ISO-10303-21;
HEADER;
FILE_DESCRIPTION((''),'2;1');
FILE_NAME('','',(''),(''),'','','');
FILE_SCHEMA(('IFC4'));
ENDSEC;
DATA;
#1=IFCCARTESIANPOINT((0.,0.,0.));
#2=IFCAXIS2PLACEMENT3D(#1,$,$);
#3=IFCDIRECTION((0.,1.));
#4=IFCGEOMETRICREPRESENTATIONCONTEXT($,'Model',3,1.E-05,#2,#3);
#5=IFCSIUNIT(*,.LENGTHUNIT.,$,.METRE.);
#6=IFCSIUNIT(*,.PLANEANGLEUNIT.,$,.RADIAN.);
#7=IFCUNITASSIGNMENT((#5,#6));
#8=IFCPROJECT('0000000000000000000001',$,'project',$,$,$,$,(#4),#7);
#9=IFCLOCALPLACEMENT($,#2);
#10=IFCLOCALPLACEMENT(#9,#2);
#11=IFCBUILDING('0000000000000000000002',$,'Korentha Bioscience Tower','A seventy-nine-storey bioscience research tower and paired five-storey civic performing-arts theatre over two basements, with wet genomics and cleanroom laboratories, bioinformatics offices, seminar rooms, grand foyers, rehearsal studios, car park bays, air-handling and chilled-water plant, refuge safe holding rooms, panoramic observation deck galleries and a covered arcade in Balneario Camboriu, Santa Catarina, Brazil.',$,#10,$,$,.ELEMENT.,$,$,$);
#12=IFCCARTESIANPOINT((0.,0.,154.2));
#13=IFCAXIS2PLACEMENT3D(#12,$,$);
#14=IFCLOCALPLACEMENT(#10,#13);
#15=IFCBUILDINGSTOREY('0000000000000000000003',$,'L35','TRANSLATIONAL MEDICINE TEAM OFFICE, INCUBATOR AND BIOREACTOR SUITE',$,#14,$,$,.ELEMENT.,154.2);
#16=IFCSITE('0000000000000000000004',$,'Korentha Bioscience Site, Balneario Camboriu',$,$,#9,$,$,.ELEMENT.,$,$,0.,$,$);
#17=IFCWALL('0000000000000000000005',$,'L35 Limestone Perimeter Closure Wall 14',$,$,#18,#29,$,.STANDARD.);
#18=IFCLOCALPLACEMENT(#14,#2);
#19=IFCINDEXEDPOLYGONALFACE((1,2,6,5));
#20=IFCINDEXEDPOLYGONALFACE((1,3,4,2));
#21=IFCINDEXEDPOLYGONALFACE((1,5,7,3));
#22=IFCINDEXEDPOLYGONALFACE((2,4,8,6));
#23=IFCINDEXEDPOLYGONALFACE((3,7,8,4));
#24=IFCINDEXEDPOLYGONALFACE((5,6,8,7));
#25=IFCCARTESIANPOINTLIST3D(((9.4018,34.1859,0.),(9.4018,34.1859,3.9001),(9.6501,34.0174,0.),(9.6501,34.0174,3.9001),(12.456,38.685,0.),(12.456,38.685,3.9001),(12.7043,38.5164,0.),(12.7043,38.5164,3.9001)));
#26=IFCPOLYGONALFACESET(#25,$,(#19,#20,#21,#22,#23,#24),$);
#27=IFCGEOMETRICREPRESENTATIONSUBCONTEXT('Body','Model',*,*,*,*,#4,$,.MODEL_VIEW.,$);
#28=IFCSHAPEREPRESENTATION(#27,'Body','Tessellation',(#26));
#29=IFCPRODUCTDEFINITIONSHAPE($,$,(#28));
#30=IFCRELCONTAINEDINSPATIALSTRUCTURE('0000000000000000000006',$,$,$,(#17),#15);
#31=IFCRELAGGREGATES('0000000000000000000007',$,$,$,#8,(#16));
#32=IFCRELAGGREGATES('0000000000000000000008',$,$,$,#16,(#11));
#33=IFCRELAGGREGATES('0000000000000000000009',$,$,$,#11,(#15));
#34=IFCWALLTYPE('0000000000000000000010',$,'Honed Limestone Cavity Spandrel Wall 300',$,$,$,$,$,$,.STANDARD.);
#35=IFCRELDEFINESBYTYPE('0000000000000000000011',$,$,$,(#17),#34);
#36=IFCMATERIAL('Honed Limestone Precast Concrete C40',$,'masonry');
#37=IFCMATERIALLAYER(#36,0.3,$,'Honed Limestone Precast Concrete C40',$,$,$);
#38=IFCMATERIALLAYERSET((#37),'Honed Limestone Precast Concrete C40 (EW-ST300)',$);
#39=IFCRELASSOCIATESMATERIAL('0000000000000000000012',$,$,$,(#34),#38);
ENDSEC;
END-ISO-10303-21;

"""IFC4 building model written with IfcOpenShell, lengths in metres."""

from ifc_helpers import new_model, si_unit, direction, frame, frame_2d, origin, place, context, subcontext, project, spatial, rectangle, extrude, material, layer, layer_set, type_object, element, save


model = new_model("IFC4")

# Units and contexts
model_context = context("Model", 3, precision=1e-05, world=origin(), true_north=direction((0.0, 1.0)))
body_context = subcontext(model_context, "Body", "Model", "MODEL_VIEW")
ifc_project = project(units=[si_unit("LENGTHUNIT", "METRE"), si_unit("PLANEANGLEUNIT", "RADIAN")], contexts=[model_context])

# Site, building, storey
site_placement = place(None, origin())
site = spatial("IfcSite", under=ifc_project, at=site_placement, Name="Korentha Bioscience Site, Balneario Camboriu", CompositionType="ELEMENT", RefElevation=0.0)
building_placement = place(site_placement, origin())
building = spatial("IfcBuilding", under=site, at=building_placement, Name="Korentha Bioscience Tower", Description="A seventy-nine-storey bioscience research tower and paired five-storey civic performing-arts theatre over two basements, with wet genomics and cleanroom laboratories, bioinformatics offices, seminar rooms, grand foyers, rehearsal studios, car park bays, air-handling and chilled-water plant, refuge safe holding rooms, panoramic observation deck galleries and a covered arcade in Balneario Camboriu, Santa Catarina, Brazil.", CompositionType="ELEMENT")
storey_placement = place(building_placement, frame((0.0, 0.0, 154.2)))
storey = spatial("IfcBuildingStorey", under=building, at=storey_placement, Name="L35", Description="TRANSLATIONAL MEDICINE TEAM OFFICE, INCUBATOR AND BIOREACTOR SUITE", CompositionType="ELEMENT", Elevation=154.2)

# Wall
ifc_material_1 = material(Name="Honed Limestone Precast Concrete C40", Category="masonry")
ifc_layer_1 = layer(ifc_material_1, 0.3, Name="Honed Limestone Precast Concrete C40")
ifc_layer_set_1 = layer_set([ifc_layer_1], Name="Honed Limestone Precast Concrete C40 (EW-ST300)")
wall_type_1 = type_object("IfcWallType", Name="Honed Limestone Cavity Spandrel Wall 300", PredefinedType="STANDARD", material=ifc_layer_set_1)
wall_1_placement = place(storey_placement, frame((12.5801, 38.6006, 0.0), z_axis=(0.0, 0.0, 1.0), x_axis=(-0.561664, -0.827365, 0.0)))
element("IfcWall", 1, at=wall_1_placement, inside=storey, type_object=wall_type_1, Name="L35 Limestone Perimeter Closure Wall 14", PredefinedType="STANDARD", context=body_context, shape_type="SweptSolid", body=[
    extrude(rectangle(XDim=5.4377, YDim=0.3, at=frame_2d((2.7188, 0.0))), origin(), (0.0, 0.0, 1.0), 3.9001),
])

save(model, "model.ifc")
